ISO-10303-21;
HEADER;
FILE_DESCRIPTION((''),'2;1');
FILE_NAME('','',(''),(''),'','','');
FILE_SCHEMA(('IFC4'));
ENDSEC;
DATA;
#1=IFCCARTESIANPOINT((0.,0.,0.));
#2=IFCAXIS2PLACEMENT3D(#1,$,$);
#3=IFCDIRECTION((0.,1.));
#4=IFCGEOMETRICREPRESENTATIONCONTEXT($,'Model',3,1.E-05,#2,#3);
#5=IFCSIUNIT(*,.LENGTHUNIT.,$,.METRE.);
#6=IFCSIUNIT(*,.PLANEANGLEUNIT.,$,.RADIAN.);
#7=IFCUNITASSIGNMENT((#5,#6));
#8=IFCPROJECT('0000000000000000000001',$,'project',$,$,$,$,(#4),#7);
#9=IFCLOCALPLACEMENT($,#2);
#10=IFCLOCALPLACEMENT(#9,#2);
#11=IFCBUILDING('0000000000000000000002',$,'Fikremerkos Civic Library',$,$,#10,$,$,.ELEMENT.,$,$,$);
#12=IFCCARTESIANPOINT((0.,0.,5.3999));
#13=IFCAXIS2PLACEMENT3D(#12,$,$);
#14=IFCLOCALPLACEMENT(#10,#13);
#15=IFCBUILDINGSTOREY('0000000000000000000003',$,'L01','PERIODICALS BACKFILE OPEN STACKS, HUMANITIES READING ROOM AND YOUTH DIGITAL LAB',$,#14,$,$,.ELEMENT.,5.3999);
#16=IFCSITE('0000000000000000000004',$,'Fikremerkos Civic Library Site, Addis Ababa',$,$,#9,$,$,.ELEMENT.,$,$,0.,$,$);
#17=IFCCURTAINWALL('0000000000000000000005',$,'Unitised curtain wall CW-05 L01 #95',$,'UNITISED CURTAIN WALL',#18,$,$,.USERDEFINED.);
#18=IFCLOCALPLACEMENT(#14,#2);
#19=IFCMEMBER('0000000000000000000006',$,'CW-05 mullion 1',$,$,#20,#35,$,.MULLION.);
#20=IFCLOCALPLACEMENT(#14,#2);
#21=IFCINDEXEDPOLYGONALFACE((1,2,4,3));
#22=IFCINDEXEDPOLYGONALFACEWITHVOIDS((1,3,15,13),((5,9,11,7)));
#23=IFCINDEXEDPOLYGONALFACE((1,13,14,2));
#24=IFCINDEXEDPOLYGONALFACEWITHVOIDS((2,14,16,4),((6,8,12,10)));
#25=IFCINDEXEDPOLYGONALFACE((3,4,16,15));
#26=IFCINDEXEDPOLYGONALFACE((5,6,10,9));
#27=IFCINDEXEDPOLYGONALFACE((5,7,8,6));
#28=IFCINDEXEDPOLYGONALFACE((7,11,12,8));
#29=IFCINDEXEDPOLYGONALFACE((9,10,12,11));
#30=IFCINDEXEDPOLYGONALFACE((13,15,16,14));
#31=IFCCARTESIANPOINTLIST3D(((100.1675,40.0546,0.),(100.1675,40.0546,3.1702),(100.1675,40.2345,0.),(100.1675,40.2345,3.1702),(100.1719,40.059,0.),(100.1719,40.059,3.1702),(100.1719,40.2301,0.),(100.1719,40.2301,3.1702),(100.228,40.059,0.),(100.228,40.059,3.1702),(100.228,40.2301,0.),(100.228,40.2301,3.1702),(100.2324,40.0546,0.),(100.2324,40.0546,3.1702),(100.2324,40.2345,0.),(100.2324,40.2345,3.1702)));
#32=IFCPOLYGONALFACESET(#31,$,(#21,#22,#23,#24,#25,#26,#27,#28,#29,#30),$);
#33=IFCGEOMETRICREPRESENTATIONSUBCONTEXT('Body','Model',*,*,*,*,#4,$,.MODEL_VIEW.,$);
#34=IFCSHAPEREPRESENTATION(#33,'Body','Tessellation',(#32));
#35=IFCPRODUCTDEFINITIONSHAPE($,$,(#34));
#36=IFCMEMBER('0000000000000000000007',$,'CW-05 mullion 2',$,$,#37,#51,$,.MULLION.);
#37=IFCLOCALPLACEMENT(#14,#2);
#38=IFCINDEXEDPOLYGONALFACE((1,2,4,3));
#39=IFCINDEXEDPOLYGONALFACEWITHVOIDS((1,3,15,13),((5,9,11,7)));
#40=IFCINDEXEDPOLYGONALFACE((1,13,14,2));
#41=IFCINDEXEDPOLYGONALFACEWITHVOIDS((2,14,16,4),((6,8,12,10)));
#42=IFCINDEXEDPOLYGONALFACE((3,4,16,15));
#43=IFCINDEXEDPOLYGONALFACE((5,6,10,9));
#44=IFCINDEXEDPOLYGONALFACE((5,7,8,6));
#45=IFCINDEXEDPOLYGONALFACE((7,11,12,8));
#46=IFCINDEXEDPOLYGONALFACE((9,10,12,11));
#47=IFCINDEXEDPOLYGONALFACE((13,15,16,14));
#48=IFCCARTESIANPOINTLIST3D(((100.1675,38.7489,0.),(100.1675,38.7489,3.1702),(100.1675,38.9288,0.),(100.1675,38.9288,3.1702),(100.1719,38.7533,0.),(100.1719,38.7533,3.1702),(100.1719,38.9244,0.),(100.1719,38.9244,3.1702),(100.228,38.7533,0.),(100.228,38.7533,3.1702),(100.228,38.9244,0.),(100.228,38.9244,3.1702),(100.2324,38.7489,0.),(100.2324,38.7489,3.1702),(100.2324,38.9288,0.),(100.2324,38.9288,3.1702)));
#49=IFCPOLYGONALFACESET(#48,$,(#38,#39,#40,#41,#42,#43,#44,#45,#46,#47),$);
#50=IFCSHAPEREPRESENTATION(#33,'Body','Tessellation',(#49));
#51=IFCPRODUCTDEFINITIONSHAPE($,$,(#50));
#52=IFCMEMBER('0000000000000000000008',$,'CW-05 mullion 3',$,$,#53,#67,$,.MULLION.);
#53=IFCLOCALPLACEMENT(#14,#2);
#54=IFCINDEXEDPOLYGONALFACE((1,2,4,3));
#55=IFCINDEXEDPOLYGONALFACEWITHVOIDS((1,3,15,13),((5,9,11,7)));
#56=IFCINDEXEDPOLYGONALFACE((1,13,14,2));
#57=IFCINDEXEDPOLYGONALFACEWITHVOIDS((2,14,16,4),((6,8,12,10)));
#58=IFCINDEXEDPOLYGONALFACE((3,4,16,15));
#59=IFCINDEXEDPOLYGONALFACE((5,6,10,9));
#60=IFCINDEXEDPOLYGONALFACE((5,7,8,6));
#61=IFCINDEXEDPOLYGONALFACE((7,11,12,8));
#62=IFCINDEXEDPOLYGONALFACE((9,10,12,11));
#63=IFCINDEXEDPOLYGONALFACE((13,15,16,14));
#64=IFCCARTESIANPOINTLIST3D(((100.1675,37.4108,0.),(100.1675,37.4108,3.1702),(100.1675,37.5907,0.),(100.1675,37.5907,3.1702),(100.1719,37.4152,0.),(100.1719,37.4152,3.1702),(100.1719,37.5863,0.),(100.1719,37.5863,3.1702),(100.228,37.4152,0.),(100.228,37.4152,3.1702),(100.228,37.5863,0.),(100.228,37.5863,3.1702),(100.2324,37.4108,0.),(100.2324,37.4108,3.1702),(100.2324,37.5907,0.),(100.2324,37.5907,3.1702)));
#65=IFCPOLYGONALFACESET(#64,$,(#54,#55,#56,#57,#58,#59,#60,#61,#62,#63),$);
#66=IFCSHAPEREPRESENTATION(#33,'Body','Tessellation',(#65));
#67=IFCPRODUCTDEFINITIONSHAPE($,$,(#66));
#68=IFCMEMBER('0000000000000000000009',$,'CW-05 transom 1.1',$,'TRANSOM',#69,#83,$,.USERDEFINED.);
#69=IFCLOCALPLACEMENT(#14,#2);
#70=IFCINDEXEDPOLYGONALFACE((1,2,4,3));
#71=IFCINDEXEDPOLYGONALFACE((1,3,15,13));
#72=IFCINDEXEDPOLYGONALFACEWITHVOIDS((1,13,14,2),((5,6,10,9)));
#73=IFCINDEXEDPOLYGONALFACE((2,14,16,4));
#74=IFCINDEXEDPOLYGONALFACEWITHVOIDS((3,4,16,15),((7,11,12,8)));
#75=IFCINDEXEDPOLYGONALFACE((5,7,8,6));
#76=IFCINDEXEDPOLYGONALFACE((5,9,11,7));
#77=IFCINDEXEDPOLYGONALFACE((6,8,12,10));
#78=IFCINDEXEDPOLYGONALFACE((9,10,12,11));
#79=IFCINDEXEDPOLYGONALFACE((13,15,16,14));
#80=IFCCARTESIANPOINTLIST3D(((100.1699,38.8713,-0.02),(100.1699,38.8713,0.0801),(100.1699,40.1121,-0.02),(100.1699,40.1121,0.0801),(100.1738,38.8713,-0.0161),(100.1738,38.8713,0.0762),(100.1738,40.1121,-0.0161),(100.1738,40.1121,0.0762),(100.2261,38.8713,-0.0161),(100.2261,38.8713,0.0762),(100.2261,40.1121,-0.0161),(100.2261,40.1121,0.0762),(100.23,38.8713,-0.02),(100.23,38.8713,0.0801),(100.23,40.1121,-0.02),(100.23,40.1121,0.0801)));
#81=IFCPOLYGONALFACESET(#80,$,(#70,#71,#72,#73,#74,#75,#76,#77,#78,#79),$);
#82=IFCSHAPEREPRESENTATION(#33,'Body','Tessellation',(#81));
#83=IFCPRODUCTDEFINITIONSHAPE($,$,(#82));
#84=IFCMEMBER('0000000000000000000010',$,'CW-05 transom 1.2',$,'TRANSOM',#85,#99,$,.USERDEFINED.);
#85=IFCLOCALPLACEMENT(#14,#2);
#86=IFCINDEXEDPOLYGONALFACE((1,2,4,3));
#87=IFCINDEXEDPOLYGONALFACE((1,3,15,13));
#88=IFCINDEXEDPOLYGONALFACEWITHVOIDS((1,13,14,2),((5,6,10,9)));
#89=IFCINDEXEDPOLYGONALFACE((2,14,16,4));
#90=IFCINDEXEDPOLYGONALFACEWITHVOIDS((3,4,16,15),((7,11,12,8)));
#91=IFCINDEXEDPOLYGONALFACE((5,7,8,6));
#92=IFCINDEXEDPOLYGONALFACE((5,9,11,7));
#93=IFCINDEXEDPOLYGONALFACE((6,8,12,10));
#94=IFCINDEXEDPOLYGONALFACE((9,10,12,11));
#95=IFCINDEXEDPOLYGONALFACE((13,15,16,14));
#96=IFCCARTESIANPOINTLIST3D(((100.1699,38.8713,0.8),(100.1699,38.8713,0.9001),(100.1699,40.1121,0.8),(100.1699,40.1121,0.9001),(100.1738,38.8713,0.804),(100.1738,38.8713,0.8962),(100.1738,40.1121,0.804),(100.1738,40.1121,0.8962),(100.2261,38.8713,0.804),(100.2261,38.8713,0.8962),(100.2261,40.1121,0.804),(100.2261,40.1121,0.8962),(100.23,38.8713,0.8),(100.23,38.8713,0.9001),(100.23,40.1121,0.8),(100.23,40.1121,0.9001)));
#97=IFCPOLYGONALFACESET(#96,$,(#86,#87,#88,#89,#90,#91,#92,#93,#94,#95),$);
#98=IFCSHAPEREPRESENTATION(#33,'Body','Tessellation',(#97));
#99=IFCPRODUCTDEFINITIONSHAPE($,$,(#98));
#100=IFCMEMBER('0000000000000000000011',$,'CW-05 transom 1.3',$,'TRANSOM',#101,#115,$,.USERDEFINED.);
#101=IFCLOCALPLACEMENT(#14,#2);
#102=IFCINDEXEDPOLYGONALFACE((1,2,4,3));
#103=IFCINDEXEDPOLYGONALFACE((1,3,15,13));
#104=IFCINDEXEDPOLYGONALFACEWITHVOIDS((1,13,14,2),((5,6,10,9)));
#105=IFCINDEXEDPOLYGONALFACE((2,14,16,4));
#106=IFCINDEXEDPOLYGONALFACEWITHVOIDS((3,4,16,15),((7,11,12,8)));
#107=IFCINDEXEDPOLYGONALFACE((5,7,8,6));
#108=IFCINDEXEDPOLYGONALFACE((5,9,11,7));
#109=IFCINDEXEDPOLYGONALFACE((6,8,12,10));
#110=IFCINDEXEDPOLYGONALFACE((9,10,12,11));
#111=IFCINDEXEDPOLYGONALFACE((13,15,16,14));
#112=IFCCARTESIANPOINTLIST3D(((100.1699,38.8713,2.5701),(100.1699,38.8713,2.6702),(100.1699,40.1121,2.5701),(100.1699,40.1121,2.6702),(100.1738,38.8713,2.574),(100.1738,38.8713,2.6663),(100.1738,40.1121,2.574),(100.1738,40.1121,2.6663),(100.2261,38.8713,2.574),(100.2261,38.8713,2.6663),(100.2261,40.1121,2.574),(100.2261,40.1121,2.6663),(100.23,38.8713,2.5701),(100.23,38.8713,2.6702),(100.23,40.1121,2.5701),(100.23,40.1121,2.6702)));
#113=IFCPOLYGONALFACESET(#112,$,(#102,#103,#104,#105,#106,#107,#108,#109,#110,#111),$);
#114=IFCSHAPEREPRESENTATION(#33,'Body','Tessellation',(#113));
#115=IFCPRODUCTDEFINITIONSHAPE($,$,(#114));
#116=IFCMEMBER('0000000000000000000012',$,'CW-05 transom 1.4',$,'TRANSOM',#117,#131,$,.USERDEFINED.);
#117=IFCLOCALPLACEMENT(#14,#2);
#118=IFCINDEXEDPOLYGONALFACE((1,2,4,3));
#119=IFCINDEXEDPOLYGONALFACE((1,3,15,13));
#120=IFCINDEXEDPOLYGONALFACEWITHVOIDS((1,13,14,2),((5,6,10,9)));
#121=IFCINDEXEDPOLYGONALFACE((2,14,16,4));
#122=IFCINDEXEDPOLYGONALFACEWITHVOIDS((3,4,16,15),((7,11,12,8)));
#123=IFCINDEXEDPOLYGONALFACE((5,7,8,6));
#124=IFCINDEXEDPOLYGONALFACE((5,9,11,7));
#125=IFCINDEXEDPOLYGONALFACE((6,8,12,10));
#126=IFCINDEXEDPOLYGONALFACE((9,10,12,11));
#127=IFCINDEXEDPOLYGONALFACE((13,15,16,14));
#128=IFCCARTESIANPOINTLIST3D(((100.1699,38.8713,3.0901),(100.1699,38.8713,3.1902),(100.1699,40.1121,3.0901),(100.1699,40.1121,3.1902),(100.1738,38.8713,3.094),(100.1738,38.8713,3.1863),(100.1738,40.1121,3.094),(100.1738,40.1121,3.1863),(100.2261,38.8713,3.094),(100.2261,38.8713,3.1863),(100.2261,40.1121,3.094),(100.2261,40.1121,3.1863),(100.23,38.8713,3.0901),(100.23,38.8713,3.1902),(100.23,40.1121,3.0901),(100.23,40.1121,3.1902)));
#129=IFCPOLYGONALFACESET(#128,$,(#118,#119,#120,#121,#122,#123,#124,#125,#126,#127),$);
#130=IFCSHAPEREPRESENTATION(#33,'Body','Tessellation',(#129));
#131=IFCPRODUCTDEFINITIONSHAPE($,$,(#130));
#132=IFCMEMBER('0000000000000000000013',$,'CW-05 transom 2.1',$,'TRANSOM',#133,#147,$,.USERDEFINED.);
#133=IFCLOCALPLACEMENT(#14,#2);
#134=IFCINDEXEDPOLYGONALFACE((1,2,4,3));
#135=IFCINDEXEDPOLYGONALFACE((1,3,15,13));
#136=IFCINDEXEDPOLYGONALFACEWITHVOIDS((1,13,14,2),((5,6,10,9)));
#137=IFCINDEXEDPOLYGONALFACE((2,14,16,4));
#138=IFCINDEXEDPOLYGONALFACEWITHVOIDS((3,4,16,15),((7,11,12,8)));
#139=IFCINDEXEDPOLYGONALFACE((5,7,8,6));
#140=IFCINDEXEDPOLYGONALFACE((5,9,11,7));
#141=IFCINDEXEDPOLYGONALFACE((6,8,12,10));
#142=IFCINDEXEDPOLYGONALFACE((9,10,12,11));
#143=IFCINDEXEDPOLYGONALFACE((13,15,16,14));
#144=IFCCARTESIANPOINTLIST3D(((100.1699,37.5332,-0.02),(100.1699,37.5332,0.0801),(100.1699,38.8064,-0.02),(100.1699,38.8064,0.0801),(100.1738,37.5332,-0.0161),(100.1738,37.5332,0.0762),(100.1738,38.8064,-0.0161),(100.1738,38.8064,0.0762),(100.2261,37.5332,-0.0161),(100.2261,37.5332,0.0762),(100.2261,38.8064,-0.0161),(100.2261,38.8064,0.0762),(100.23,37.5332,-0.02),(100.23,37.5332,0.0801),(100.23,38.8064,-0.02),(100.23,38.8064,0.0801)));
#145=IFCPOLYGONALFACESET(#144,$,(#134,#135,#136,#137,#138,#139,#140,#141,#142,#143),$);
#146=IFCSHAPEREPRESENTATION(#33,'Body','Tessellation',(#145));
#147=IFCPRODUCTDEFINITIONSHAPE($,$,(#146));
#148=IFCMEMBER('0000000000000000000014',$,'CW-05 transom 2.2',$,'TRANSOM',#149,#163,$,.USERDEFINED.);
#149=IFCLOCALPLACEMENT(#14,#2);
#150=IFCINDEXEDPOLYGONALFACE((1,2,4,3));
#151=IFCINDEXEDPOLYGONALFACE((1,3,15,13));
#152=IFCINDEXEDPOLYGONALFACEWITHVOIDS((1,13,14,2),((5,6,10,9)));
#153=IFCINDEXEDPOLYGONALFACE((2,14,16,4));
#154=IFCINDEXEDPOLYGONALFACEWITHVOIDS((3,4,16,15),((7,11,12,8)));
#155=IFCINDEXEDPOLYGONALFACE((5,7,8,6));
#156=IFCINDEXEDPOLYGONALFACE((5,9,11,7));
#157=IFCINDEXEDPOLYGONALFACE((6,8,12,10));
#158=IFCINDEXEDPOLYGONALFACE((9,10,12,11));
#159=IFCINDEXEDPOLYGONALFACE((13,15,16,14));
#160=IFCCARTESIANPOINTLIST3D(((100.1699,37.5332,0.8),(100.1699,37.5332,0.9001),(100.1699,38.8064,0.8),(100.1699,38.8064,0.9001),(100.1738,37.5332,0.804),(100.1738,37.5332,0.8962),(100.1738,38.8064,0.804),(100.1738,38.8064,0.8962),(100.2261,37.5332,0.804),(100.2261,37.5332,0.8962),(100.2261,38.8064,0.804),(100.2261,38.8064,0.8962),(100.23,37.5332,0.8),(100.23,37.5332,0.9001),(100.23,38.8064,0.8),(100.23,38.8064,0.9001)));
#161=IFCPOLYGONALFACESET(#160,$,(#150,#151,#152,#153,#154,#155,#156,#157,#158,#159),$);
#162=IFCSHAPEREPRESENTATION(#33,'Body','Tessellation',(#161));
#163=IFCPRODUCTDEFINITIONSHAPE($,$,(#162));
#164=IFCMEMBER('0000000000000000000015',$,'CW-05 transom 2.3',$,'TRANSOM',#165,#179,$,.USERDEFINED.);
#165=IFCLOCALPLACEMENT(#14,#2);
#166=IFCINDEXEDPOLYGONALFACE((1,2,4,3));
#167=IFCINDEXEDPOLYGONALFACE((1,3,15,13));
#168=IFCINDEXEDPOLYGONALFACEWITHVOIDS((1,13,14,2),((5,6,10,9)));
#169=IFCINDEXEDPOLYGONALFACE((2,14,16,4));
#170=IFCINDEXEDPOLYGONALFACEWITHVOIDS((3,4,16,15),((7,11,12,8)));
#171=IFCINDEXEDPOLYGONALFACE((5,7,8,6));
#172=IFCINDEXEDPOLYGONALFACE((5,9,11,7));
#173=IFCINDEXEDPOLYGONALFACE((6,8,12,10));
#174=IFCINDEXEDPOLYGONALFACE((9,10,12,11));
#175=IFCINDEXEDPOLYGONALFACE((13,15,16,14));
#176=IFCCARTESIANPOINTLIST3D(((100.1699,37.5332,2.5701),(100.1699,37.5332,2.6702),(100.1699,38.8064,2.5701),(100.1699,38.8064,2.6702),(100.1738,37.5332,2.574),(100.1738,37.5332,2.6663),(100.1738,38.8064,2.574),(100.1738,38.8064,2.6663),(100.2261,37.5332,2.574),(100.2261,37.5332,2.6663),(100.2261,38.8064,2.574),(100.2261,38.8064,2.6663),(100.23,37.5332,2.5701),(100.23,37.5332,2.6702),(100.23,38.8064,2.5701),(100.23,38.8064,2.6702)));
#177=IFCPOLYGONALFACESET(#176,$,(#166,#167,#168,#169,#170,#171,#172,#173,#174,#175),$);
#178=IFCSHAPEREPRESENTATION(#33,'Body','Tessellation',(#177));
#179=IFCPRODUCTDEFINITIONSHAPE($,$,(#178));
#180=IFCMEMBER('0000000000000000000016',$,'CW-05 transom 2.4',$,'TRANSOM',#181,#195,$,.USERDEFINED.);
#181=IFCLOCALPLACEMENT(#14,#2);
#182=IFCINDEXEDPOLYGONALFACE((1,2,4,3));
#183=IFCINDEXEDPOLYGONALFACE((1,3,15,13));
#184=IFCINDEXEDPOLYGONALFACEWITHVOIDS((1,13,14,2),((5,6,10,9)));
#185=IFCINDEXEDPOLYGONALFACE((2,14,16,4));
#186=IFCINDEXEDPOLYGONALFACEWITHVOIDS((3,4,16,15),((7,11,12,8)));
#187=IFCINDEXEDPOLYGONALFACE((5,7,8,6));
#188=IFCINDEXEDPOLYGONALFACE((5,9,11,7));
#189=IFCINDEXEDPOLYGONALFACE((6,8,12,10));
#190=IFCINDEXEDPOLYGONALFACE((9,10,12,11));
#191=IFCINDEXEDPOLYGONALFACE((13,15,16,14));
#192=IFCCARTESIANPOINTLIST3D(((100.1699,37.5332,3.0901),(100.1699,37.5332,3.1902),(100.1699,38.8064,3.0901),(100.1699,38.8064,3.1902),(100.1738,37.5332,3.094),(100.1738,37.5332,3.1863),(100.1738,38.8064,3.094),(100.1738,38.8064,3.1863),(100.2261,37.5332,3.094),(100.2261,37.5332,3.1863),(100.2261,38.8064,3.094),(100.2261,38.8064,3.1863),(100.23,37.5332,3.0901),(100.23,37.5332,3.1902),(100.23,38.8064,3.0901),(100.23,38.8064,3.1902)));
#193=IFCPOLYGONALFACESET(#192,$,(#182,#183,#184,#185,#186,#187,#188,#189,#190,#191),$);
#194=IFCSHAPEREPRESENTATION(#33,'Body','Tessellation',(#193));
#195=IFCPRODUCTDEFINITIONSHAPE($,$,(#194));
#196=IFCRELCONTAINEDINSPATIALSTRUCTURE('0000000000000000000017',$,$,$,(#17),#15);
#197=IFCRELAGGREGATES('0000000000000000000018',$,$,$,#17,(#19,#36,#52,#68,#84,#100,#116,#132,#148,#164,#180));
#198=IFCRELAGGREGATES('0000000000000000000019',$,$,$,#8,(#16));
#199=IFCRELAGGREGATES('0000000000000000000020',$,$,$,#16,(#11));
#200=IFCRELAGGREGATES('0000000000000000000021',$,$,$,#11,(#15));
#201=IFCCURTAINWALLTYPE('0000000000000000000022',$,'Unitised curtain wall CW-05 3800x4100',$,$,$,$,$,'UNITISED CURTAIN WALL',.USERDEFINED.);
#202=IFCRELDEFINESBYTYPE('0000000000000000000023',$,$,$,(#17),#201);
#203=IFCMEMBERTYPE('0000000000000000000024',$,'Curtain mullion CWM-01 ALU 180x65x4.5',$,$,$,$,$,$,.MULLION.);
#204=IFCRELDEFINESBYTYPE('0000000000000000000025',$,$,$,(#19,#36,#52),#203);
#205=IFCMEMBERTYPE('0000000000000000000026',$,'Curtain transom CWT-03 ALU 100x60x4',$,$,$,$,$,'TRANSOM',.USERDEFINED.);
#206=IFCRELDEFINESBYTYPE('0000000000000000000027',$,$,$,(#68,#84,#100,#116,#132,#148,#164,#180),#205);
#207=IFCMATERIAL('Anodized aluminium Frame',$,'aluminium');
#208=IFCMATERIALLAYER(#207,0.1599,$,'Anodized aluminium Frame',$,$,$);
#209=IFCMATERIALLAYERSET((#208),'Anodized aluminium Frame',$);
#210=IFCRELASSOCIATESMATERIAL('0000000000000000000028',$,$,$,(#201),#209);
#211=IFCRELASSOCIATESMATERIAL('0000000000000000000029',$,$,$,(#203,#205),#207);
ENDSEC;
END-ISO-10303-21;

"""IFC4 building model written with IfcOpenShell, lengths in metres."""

from ifc_helpers import new_model, si_unit, direction, frame, origin, origin_2d, place, context, subcontext, project, spatial, hollow_rectangle, extrude, material, layer, layer_set, material_profile, profile_set, type_object, element, aggregate, save


model = new_model("IFC4")

# Units and contexts
model_context = context("Model", 3, precision=1e-05, world=origin(), true_north=direction((0.0, 1.0)))
body_context = subcontext(model_context, "Body", "Model", "MODEL_VIEW")
ifc_project = project(units=[si_unit("LENGTHUNIT", "METRE"), si_unit("PLANEANGLEUNIT", "RADIAN")], contexts=[model_context])

# Site, building, storey
site_placement = place(None, origin())
site = spatial("IfcSite", under=ifc_project, at=site_placement, Name="Fikremerkos Civic Library Site, Addis Ababa", CompositionType="ELEMENT", RefElevation=0.0)
building_placement = place(site_placement, origin())
building = spatial("IfcBuilding", under=site, at=building_placement, Name="Fikremerkos Civic Library", CompositionType="ELEMENT")
storey_placement = place(building_placement, frame((0.0, 0.0, 5.3999)))
storey = spatial("IfcBuildingStorey", under=building, at=storey_placement, Name="L01", Description="PERIODICALS BACKFILE OPEN STACKS, HUMANITIES READING ROOM AND YOUTH DIGITAL LAB", CompositionType="ELEMENT", Elevation=5.3999)

# Curtain wall, members
ifc_material_1 = material(Name="Anodized aluminium Frame", Category="aluminium")
ifc_layer_1 = layer(ifc_material_1, 0.1599, Name="Anodized aluminium Frame")
ifc_layer_set_1 = layer_set([ifc_layer_1], Name="Anodized aluminium Frame")
curtain_wall_type = type_object("IfcCurtainWallType", Name="Unitised curtain wall CW-05 3800x4100", ElementType="UNITISED CURTAIN WALL", PredefinedType="USERDEFINED", material=ifc_layer_set_1)
curtain_wall_placement = place(storey_placement, origin())
curtain_wall = element("IfcCurtainWall", 1, at=curtain_wall_placement, inside=storey, type_object=curtain_wall_type, Name="Unitised curtain wall CW-05 L01 #95", ObjectType="UNITISED CURTAIN WALL", PredefinedType="USERDEFINED")
ifc_material_profile_1 = material_profile(ifc_material_1, hollow_rectangle(XDim=0.0649, YDim=0.1799, WallThickness=0.0044, at=origin_2d()), Name="ALU 180x65x4.5")
ifc_profile_set_1 = profile_set([ifc_material_profile_1], Name="Anodized aluminium Frame")
member_type_1 = type_object("IfcMemberType", Name="Curtain mullion CWM-01 ALU 180x65x4.5", PredefinedType="MULLION", material=ifc_profile_set_1)
member_1_placement = place(storey_placement, frame((100.2, 40.1445, 0.0), z_axis=(0.0, 0.0, 1.0), x_axis=(1.0, 0.0, 0.0)))
member_1 = element("IfcMember", 2, at=member_1_placement, type_object=member_type_1, Name="CW-05 mullion 1", PredefinedType="MULLION", context=body_context, shape_type="SweptSolid", body=[
    extrude(hollow_rectangle(XDim=0.0649, YDim=0.1799, WallThickness=0.0044, at=origin_2d()), origin(), (0.0, 0.0, 1.0), 3.1702),
])
member_2_placement = place(storey_placement, frame((100.2, 38.8389, 0.0), z_axis=(0.0, 0.0, 1.0), x_axis=(1.0, 0.0, 0.0)))
member_2 = element("IfcMember", 3, at=member_2_placement, type_object=member_type_1, Name="CW-05 mullion 2", PredefinedType="MULLION", context=body_context, shape_type="SweptSolid", body=[
    extrude(hollow_rectangle(XDim=0.0649, YDim=0.1799, WallThickness=0.0044, at=origin_2d()), origin(), (0.0, 0.0, 1.0), 3.1702),
])
member_3_placement = place(storey_placement, frame((100.2, 37.5007, 0.0), z_axis=(0.0, 0.0, 1.0), x_axis=(1.0, 0.0, 0.0)))
member_3 = element("IfcMember", 4, at=member_3_placement, type_object=member_type_1, Name="CW-05 mullion 3", PredefinedType="MULLION", context=body_context, shape_type="SweptSolid", body=[
    extrude(hollow_rectangle(XDim=0.0649, YDim=0.1799, WallThickness=0.0044, at=origin_2d()), origin(), (0.0, 0.0, 1.0), 3.1702),
])
ifc_material_profile_2 = material_profile(ifc_material_1, hollow_rectangle(XDim=0.0601, YDim=0.1001, WallThickness=0.0039, at=origin_2d()), Name="ALU 100x60x4")
ifc_profile_set_2 = profile_set([ifc_material_profile_2], Name="Anodized aluminium Frame")
member_type_2 = type_object("IfcMemberType", Name="Curtain transom CWT-03 ALU 100x60x4", ElementType="TRANSOM", PredefinedType="USERDEFINED", material=ifc_profile_set_2)
member_4_placement = place(storey_placement, frame((100.2, 40.1121, 0.03), z_axis=(0.0, -1.0, 0.0), x_axis=(1.0, 0.0, 0.0)))
member_4 = element("IfcMember", 5, at=member_4_placement, type_object=member_type_2, Name="CW-05 transom 1.1", ObjectType="TRANSOM", PredefinedType="USERDEFINED", context=body_context, shape_type="SweptSolid", body=[
    extrude(hollow_rectangle(XDim=0.0601, YDim=0.1001, WallThickness=0.0039, at=origin_2d()), origin(), (0.0, 0.0, 1.0), 1.2407),
])
member_5_placement = place(storey_placement, frame((100.2, 40.1121, 0.8501), z_axis=(0.0, -1.0, 0.0), x_axis=(1.0, 0.0, 0.0)))
member_5 = element("IfcMember", 6, at=member_5_placement, type_object=member_type_2, Name="CW-05 transom 1.2", ObjectType="TRANSOM", PredefinedType="USERDEFINED", context=body_context, shape_type="SweptSolid", body=[
    extrude(hollow_rectangle(XDim=0.0601, YDim=0.1001, WallThickness=0.0039, at=origin_2d()), origin(), (0.0, 0.0, 1.0), 1.2407),
])
member_6_placement = place(storey_placement, frame((100.2, 40.1121, 2.6201), z_axis=(0.0, -1.0, 0.0), x_axis=(1.0, 0.0, 0.0)))
member_6 = element("IfcMember", 7, at=member_6_placement, type_object=member_type_2, Name="CW-05 transom 1.3", ObjectType="TRANSOM", PredefinedType="USERDEFINED", context=body_context, shape_type="SweptSolid", body=[
    extrude(hollow_rectangle(XDim=0.0601, YDim=0.1001, WallThickness=0.0039, at=origin_2d()), origin(), (0.0, 0.0, 1.0), 1.2407),
])
member_7_placement = place(storey_placement, frame((100.2, 40.1121, 3.1401), z_axis=(0.0, -1.0, 0.0), x_axis=(1.0, 0.0, 0.0)))
member_7 = element("IfcMember", 8, at=member_7_placement, type_object=member_type_2, Name="CW-05 transom 1.4", ObjectType="TRANSOM", PredefinedType="USERDEFINED", context=body_context, shape_type="SweptSolid", body=[
    extrude(hollow_rectangle(XDim=0.0601, YDim=0.1001, WallThickness=0.0039, at=origin_2d()), origin(), (0.0, 0.0, 1.0), 1.2407),
])
member_8_placement = place(storey_placement, frame((100.2, 38.8064, 0.03), z_axis=(0.0, -1.0, 0.0), x_axis=(1.0, 0.0, 0.0)))
member_8 = element("IfcMember", 9, at=member_8_placement, type_object=member_type_2, Name="CW-05 transom 2.1", ObjectType="TRANSOM", PredefinedType="USERDEFINED", context=body_context, shape_type="SweptSolid", body=[
    extrude(hollow_rectangle(XDim=0.0601, YDim=0.1001, WallThickness=0.0039, at=origin_2d()), origin(), (0.0, 0.0, 1.0), 1.2732),
])
member_9_placement = place(storey_placement, frame((100.2, 38.8064, 0.8501), z_axis=(0.0, -1.0, 0.0), x_axis=(1.0, 0.0, 0.0)))
member_9 = element("IfcMember", 10, at=member_9_placement, type_object=member_type_2, Name="CW-05 transom 2.2", ObjectType="TRANSOM", PredefinedType="USERDEFINED", context=body_context, shape_type="SweptSolid", body=[
    extrude(hollow_rectangle(XDim=0.0601, YDim=0.1001, WallThickness=0.0039, at=origin_2d()), origin(), (0.0, 0.0, 1.0), 1.2732),
])
member_10_placement = place(storey_placement, frame((100.2, 38.8064, 2.6201), z_axis=(0.0, -1.0, 0.0), x_axis=(1.0, 0.0, 0.0)))
member_10 = element("IfcMember", 11, at=member_10_placement, type_object=member_type_2, Name="CW-05 transom 2.3", ObjectType="TRANSOM", PredefinedType="USERDEFINED", context=body_context, shape_type="SweptSolid", body=[
    extrude(hollow_rectangle(XDim=0.0601, YDim=0.1001, WallThickness=0.0039, at=origin_2d()), origin(), (0.0, 0.0, 1.0), 1.2732),
])
member_11_placement = place(storey_placement, frame((100.2, 38.8064, 3.1401), z_axis=(0.0, -1.0, 0.0), x_axis=(1.0, 0.0, 0.0)))
member_11 = element("IfcMember", 12, at=member_11_placement, type_object=member_type_2, Name="CW-05 transom 2.4", ObjectType="TRANSOM", PredefinedType="USERDEFINED", context=body_context, shape_type="SweptSolid", body=[
    extrude(hollow_rectangle(XDim=0.0601, YDim=0.1001, WallThickness=0.0039, at=origin_2d()), origin(), (0.0, 0.0, 1.0), 1.2732),
])
aggregate(curtain_wall, [member_1, member_2, member_3, member_4, member_5, member_6, member_7, member_8, member_9, member_10, member_11])

save(model, "model.ifc")
